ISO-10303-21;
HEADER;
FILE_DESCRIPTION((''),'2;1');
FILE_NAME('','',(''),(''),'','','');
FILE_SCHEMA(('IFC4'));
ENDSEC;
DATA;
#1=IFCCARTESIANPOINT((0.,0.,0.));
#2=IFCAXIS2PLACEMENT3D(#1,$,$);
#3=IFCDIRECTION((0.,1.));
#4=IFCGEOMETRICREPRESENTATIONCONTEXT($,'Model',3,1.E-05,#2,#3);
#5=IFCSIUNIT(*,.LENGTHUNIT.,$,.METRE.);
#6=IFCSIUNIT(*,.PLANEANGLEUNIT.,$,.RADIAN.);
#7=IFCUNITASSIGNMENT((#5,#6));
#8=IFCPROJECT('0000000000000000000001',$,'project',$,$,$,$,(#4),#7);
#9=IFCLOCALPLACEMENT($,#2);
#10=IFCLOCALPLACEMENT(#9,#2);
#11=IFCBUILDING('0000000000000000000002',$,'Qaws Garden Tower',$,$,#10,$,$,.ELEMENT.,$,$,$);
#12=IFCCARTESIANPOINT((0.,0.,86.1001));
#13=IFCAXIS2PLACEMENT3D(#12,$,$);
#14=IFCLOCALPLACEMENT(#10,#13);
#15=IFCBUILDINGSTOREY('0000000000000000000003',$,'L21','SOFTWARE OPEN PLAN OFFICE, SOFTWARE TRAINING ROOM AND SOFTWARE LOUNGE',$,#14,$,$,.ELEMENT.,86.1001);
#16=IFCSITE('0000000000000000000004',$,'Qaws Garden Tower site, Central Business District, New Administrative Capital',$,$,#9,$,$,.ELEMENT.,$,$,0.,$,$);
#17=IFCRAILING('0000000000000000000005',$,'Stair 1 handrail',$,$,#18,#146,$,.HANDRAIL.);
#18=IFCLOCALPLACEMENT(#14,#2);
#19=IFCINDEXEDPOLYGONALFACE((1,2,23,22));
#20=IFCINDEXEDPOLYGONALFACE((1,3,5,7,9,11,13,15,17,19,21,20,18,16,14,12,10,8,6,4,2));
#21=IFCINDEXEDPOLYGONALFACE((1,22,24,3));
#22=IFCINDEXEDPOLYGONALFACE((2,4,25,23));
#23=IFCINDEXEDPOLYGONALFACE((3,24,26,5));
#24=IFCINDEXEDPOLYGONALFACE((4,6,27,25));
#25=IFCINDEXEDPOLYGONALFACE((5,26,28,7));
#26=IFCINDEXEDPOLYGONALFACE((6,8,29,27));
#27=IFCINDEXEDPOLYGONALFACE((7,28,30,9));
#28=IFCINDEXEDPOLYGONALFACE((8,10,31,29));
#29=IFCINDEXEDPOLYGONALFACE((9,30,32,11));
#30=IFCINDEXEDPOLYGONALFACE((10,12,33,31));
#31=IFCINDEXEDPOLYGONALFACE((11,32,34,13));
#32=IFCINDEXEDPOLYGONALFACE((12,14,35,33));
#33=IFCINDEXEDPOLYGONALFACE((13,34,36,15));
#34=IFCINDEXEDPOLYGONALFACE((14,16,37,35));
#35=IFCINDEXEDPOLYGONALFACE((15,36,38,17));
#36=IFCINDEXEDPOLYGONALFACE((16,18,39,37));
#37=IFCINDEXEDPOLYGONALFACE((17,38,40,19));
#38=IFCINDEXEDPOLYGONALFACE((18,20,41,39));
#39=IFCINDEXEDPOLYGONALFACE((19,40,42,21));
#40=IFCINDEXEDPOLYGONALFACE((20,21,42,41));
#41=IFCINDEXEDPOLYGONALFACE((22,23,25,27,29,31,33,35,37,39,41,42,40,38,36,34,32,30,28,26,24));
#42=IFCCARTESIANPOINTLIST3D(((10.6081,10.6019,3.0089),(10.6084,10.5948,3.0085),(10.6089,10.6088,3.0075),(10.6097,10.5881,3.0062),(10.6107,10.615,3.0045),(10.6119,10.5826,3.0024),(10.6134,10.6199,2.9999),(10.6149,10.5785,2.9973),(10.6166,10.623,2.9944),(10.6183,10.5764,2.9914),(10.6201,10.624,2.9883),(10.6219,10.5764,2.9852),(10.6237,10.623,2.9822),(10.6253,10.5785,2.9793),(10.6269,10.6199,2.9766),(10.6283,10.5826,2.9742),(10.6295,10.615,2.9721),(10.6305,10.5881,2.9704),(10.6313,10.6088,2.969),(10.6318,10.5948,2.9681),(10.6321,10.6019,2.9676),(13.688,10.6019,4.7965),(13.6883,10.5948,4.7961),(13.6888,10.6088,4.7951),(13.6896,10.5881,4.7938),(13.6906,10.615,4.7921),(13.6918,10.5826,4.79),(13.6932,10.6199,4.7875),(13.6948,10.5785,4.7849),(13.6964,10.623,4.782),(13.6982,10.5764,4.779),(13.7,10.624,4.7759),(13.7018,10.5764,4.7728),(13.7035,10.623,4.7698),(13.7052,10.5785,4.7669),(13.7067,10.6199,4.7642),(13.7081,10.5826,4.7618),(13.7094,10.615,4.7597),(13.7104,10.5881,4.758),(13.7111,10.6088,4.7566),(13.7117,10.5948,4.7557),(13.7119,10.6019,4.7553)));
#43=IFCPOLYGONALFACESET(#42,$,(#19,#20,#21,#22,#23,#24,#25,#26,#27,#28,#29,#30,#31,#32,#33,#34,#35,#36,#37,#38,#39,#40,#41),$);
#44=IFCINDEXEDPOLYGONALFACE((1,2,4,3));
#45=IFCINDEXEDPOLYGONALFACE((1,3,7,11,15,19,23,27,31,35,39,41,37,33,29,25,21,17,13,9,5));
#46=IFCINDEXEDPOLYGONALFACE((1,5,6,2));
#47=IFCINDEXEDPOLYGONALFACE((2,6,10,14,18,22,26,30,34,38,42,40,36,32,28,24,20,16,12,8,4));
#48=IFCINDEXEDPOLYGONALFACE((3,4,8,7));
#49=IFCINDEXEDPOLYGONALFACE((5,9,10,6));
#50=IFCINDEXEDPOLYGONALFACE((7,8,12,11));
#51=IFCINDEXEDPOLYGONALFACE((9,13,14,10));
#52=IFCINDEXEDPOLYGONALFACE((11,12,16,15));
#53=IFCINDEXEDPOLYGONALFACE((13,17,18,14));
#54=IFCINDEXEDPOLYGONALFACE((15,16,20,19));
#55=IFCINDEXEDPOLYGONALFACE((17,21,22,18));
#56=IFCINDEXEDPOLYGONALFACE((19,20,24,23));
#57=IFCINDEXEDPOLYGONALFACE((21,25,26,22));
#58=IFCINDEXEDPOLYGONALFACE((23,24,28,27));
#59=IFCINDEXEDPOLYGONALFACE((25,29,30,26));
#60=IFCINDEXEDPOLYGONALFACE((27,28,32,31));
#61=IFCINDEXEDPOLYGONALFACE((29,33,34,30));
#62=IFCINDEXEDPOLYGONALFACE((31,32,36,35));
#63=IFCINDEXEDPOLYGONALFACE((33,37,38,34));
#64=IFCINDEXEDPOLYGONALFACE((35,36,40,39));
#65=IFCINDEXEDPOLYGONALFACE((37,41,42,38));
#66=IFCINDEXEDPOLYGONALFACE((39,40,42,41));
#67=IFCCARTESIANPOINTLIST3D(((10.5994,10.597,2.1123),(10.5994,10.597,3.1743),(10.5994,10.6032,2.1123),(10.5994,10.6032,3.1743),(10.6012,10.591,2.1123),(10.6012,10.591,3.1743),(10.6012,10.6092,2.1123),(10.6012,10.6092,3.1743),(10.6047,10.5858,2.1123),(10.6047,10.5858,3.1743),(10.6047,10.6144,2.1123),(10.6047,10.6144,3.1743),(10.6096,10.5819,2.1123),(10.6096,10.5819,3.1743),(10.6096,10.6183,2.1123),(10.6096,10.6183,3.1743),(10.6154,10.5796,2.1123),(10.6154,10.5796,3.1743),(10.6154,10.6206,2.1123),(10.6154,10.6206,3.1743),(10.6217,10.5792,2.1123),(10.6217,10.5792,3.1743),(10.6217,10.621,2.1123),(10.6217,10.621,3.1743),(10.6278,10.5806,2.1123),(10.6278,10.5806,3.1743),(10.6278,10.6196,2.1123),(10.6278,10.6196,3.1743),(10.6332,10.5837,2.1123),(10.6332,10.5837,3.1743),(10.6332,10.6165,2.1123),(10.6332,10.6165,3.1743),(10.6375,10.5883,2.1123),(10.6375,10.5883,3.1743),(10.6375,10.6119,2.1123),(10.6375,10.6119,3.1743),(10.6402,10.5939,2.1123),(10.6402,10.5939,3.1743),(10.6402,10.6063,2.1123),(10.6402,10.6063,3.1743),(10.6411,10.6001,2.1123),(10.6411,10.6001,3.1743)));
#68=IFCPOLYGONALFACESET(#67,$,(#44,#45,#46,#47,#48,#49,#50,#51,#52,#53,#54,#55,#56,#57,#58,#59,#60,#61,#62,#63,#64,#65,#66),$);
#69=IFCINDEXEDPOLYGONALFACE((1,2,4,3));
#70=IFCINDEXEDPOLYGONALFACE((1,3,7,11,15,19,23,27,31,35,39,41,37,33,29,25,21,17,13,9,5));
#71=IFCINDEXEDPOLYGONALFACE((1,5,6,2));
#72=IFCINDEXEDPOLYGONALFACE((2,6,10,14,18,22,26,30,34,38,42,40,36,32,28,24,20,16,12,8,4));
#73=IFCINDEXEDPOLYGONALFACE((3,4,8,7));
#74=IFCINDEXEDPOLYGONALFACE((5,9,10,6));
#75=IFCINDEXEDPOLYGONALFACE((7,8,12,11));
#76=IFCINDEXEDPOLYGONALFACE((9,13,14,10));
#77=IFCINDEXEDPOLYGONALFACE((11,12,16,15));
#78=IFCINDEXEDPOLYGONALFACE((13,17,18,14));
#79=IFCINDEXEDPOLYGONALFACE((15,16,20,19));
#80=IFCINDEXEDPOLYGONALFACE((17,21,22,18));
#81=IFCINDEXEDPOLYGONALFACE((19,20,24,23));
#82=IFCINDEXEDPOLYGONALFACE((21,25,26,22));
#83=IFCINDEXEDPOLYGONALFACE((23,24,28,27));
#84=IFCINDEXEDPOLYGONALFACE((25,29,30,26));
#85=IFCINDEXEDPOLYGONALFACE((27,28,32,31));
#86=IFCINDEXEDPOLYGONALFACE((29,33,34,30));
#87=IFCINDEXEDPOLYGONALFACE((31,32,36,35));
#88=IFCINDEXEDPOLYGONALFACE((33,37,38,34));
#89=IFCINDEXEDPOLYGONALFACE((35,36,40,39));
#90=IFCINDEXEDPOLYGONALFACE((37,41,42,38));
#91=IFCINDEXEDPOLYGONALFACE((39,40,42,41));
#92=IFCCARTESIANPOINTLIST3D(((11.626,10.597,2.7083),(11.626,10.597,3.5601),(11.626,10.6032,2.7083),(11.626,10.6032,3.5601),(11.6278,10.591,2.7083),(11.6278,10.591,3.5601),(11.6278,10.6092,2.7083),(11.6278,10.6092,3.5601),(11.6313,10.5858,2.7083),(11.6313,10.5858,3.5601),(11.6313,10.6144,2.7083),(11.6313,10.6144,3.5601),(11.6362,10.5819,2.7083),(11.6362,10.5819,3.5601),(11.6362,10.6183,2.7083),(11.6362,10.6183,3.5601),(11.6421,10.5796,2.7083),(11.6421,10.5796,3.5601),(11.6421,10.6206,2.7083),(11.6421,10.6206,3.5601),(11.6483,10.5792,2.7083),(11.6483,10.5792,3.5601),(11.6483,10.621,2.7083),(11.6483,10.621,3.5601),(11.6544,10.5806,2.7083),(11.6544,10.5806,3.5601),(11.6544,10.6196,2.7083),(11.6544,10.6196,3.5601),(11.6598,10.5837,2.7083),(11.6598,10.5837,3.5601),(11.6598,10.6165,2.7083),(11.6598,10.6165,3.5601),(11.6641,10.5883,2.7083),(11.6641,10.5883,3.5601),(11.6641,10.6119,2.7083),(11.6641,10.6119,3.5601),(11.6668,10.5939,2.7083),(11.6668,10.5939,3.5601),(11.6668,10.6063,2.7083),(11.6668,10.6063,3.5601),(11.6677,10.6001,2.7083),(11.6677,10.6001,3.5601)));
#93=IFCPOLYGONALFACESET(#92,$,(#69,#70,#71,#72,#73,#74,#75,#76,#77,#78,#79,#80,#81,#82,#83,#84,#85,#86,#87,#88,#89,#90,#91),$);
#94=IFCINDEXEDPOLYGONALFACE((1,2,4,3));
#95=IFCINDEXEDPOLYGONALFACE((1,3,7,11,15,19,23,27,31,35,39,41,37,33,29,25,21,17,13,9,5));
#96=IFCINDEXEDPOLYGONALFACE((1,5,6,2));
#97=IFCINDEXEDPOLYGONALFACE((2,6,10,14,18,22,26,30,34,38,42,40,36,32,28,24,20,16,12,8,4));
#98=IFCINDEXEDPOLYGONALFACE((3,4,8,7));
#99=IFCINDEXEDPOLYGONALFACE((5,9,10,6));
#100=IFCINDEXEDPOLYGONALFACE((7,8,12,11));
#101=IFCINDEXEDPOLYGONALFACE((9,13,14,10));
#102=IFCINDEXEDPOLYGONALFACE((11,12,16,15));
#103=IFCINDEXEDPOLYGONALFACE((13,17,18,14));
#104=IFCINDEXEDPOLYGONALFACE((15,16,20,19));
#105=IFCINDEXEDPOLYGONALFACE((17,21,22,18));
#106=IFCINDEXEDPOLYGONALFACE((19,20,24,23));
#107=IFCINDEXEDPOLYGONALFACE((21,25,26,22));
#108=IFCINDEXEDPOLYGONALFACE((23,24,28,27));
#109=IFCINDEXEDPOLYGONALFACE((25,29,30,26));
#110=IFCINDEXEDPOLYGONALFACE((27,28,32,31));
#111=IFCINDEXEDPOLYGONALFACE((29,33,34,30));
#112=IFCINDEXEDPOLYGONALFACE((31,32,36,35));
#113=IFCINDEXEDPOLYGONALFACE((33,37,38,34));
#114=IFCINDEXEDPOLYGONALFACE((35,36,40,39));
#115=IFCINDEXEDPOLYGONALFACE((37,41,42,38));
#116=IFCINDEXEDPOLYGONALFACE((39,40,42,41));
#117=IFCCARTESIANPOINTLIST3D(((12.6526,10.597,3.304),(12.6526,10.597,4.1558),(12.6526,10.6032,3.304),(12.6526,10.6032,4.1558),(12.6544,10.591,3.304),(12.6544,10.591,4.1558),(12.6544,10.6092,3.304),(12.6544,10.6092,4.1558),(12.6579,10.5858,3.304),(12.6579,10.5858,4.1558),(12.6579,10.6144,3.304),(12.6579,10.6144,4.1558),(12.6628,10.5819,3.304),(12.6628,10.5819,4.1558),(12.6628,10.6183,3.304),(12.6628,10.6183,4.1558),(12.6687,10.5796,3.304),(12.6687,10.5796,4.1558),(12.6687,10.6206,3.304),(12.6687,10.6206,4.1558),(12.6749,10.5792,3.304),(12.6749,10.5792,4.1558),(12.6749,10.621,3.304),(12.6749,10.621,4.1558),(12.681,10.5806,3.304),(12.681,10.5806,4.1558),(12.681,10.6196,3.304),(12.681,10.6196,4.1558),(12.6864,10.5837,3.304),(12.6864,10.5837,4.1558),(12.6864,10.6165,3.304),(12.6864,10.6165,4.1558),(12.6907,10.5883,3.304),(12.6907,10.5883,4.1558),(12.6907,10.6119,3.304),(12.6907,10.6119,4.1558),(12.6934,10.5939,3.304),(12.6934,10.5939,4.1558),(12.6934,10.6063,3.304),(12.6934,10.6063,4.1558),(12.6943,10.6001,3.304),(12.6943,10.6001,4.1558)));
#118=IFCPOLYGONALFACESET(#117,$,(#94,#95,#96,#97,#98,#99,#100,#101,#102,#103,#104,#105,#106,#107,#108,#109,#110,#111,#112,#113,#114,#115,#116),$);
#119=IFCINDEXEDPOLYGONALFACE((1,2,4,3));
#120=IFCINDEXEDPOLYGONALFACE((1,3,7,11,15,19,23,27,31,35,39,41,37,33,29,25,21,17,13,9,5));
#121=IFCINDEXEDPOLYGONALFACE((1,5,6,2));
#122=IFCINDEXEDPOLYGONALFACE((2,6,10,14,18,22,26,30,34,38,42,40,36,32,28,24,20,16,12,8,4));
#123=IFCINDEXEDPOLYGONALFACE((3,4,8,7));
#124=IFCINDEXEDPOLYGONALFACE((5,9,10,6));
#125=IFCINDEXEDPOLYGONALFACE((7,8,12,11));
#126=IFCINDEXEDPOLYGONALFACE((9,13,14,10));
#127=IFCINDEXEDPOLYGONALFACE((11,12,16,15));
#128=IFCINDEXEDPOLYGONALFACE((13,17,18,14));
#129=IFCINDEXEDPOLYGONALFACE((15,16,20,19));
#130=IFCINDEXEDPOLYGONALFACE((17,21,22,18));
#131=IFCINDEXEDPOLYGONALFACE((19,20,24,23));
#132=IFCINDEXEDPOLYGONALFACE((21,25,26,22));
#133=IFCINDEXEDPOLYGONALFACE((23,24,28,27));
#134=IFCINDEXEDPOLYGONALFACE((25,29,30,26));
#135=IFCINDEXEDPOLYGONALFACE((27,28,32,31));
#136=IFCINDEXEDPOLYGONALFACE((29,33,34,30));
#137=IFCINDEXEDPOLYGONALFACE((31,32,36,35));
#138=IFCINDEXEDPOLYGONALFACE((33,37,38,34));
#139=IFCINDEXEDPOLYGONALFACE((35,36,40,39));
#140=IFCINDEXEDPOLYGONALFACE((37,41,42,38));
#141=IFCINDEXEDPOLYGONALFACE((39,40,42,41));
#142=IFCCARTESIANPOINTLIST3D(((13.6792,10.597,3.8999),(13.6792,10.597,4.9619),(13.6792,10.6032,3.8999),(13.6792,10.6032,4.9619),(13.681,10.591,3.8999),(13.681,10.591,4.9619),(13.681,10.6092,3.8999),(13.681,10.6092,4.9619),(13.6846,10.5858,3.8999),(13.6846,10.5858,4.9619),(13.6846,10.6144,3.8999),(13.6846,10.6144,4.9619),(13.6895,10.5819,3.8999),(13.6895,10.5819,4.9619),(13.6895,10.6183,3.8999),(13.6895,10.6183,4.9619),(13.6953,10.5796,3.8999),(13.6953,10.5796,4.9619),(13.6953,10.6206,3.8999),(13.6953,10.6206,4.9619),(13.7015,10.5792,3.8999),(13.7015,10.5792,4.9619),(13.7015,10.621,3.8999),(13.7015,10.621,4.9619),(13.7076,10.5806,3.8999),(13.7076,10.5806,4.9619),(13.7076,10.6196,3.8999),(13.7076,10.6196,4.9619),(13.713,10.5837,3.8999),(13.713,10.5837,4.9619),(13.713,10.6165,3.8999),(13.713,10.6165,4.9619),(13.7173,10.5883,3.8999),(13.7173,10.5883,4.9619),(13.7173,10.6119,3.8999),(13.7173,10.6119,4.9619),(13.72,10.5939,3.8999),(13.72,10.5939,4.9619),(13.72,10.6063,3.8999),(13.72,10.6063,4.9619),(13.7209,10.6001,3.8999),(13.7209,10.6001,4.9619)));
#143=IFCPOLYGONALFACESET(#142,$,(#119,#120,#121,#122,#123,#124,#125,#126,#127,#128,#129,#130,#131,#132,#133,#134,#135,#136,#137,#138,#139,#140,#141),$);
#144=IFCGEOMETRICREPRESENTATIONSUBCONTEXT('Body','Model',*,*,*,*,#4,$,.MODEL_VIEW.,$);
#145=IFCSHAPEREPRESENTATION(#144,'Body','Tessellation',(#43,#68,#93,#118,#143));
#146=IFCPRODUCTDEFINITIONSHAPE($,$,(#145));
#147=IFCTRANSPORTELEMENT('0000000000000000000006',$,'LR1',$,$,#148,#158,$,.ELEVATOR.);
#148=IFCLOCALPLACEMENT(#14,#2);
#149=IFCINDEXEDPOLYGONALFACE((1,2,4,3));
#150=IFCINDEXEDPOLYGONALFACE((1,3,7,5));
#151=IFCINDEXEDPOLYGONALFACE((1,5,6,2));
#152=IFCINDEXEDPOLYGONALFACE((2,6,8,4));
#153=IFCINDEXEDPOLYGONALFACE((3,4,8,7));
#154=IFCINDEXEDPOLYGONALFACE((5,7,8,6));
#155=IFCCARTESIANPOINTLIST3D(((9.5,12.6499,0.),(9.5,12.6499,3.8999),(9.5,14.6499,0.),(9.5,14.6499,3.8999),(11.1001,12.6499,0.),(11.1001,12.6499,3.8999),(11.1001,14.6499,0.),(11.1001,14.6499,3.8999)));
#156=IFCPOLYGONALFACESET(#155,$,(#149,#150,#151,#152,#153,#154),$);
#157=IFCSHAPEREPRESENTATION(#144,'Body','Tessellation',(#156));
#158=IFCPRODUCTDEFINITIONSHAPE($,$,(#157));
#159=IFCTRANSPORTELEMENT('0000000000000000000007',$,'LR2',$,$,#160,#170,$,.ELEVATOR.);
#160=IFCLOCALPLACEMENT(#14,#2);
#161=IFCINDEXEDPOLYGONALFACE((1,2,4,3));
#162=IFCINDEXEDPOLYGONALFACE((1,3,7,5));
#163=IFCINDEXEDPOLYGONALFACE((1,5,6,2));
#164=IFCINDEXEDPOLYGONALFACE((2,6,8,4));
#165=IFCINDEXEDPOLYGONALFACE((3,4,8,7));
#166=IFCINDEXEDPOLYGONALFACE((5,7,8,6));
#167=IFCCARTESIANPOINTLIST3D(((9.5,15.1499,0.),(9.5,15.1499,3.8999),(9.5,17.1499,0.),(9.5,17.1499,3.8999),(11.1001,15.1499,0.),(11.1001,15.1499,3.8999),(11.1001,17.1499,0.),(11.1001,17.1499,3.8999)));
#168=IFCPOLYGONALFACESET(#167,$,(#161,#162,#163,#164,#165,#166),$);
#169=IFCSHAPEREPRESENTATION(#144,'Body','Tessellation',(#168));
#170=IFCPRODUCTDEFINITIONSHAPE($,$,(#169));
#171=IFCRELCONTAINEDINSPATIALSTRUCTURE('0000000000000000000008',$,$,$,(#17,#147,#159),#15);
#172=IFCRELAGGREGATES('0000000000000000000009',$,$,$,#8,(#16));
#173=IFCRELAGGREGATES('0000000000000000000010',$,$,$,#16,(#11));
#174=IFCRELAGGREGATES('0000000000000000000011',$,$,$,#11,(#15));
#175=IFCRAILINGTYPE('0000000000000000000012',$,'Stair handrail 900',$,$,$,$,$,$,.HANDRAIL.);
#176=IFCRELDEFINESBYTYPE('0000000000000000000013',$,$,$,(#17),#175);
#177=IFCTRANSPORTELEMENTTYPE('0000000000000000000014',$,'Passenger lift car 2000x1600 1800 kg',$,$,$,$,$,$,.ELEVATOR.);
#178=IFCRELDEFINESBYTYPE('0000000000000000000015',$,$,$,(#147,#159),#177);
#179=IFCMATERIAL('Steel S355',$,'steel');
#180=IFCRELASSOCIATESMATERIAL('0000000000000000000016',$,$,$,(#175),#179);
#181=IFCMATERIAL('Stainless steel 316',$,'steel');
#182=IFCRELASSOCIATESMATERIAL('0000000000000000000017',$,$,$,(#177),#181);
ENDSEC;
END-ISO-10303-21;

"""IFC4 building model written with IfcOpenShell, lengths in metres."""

from ifc_helpers import new_model, si_unit, direction, frame, origin, origin_2d, place, context, subcontext, project, spatial, rectangle, circle, extrude, material, type_object, element, save


model = new_model("IFC4")

# Units and contexts
model_context = context("Model", 3, precision=1e-05, world=origin(), true_north=direction((0.0, 1.0)))
body_context = subcontext(model_context, "Body", "Model", "MODEL_VIEW")
ifc_project = project(units=[si_unit("LENGTHUNIT", "METRE"), si_unit("PLANEANGLEUNIT", "RADIAN")], contexts=[model_context])

# Site, building, storey
site_placement = place(None, origin())
site = spatial("IfcSite", under=ifc_project, at=site_placement, Name="Qaws Garden Tower site, Central Business District, New Administrative Capital", CompositionType="ELEMENT", RefElevation=0.0)
building_placement = place(site_placement, origin())
building = spatial("IfcBuilding", under=site, at=building_placement, Name="Qaws Garden Tower", CompositionType="ELEMENT")
storey_placement = place(building_placement, frame((0.0, 0.0, 86.1001)))
storey = spatial("IfcBuildingStorey", under=building, at=storey_placement, Name="L21", Description="SOFTWARE OPEN PLAN OFFICE, SOFTWARE TRAINING ROOM AND SOFTWARE LOUNGE", CompositionType="ELEMENT", Elevation=86.1001)

# Railing
ifc_material_1 = material(Name="Steel S355", Category="steel")
railing_type = type_object("IfcRailingType", Name="Stair handrail 900", PredefinedType="HANDRAIL", material=ifc_material_1)
railing_placement = place(storey_placement, frame((10.6201, 10.6001, 2.1123)))
element("IfcRailing", 1, at=railing_placement, inside=storey, type_object=railing_type, Name="Stair 1 handrail", PredefinedType="HANDRAIL", context=body_context, shape_type="SweptSolid", body=[
    extrude(circle(Radius=0.0239, at=origin_2d()), frame((0.0, 0.0, 0.876), z_axis=(0.864873, 0.0, 0.50199), x_axis=(0.0, 1.0, 0.0)), (0.0, 0.0, 1.0), 3.561),
    extrude(circle(Radius=0.021, at=origin_2d()), origin(), (0.0, 0.0, 1.0), 1.062),
    extrude(circle(Radius=0.021, at=origin_2d()), frame((1.0266, 0.0, 0.5959)), (0.0, 0.0, 1.0), 0.8518),
    extrude(circle(Radius=0.021, at=origin_2d()), frame((2.0532, 0.0, 1.1917)), (0.0, 0.0, 1.0), 0.8518),
    extrude(circle(Radius=0.021, at=origin_2d()), frame((3.0798, 0.0, 1.7876)), (0.0, 0.0, 1.0), 1.062),
])

# Transport elements
ifc_material_2 = material(Name="Stainless steel 316", Category="steel")
transport_element_type = type_object("IfcTransportElementType", Name="Passenger lift car 2000x1600 1800 kg", PredefinedType="ELEVATOR", material=ifc_material_2)
for number, where, z_axis, x_axis, name in (
    (2, (10.3, 13.6499, 0.0), (0.0, 0.0, 1.0), (1.0, 0.0, 0.0), "LR1"),
    (3, (10.3, 16.1499, 0.0), (0.0, 0.0, 1.0), (1.0, 0.0, 0.0), "LR2"),
):
    element("IfcTransportElement", number, at=place(storey_placement, frame(where, z_axis=z_axis, x_axis=x_axis)), inside=storey, type_object=transport_element_type, Name=name, PredefinedType="ELEVATOR", context=body_context, shape_type="SweptSolid", body=[
        extrude(rectangle(XDim=1.6001, YDim=2.0, at=origin_2d()), origin(), (0.0, 0.0, 1.0), 3.8999),
    ])

save(model, "model.ifc")
